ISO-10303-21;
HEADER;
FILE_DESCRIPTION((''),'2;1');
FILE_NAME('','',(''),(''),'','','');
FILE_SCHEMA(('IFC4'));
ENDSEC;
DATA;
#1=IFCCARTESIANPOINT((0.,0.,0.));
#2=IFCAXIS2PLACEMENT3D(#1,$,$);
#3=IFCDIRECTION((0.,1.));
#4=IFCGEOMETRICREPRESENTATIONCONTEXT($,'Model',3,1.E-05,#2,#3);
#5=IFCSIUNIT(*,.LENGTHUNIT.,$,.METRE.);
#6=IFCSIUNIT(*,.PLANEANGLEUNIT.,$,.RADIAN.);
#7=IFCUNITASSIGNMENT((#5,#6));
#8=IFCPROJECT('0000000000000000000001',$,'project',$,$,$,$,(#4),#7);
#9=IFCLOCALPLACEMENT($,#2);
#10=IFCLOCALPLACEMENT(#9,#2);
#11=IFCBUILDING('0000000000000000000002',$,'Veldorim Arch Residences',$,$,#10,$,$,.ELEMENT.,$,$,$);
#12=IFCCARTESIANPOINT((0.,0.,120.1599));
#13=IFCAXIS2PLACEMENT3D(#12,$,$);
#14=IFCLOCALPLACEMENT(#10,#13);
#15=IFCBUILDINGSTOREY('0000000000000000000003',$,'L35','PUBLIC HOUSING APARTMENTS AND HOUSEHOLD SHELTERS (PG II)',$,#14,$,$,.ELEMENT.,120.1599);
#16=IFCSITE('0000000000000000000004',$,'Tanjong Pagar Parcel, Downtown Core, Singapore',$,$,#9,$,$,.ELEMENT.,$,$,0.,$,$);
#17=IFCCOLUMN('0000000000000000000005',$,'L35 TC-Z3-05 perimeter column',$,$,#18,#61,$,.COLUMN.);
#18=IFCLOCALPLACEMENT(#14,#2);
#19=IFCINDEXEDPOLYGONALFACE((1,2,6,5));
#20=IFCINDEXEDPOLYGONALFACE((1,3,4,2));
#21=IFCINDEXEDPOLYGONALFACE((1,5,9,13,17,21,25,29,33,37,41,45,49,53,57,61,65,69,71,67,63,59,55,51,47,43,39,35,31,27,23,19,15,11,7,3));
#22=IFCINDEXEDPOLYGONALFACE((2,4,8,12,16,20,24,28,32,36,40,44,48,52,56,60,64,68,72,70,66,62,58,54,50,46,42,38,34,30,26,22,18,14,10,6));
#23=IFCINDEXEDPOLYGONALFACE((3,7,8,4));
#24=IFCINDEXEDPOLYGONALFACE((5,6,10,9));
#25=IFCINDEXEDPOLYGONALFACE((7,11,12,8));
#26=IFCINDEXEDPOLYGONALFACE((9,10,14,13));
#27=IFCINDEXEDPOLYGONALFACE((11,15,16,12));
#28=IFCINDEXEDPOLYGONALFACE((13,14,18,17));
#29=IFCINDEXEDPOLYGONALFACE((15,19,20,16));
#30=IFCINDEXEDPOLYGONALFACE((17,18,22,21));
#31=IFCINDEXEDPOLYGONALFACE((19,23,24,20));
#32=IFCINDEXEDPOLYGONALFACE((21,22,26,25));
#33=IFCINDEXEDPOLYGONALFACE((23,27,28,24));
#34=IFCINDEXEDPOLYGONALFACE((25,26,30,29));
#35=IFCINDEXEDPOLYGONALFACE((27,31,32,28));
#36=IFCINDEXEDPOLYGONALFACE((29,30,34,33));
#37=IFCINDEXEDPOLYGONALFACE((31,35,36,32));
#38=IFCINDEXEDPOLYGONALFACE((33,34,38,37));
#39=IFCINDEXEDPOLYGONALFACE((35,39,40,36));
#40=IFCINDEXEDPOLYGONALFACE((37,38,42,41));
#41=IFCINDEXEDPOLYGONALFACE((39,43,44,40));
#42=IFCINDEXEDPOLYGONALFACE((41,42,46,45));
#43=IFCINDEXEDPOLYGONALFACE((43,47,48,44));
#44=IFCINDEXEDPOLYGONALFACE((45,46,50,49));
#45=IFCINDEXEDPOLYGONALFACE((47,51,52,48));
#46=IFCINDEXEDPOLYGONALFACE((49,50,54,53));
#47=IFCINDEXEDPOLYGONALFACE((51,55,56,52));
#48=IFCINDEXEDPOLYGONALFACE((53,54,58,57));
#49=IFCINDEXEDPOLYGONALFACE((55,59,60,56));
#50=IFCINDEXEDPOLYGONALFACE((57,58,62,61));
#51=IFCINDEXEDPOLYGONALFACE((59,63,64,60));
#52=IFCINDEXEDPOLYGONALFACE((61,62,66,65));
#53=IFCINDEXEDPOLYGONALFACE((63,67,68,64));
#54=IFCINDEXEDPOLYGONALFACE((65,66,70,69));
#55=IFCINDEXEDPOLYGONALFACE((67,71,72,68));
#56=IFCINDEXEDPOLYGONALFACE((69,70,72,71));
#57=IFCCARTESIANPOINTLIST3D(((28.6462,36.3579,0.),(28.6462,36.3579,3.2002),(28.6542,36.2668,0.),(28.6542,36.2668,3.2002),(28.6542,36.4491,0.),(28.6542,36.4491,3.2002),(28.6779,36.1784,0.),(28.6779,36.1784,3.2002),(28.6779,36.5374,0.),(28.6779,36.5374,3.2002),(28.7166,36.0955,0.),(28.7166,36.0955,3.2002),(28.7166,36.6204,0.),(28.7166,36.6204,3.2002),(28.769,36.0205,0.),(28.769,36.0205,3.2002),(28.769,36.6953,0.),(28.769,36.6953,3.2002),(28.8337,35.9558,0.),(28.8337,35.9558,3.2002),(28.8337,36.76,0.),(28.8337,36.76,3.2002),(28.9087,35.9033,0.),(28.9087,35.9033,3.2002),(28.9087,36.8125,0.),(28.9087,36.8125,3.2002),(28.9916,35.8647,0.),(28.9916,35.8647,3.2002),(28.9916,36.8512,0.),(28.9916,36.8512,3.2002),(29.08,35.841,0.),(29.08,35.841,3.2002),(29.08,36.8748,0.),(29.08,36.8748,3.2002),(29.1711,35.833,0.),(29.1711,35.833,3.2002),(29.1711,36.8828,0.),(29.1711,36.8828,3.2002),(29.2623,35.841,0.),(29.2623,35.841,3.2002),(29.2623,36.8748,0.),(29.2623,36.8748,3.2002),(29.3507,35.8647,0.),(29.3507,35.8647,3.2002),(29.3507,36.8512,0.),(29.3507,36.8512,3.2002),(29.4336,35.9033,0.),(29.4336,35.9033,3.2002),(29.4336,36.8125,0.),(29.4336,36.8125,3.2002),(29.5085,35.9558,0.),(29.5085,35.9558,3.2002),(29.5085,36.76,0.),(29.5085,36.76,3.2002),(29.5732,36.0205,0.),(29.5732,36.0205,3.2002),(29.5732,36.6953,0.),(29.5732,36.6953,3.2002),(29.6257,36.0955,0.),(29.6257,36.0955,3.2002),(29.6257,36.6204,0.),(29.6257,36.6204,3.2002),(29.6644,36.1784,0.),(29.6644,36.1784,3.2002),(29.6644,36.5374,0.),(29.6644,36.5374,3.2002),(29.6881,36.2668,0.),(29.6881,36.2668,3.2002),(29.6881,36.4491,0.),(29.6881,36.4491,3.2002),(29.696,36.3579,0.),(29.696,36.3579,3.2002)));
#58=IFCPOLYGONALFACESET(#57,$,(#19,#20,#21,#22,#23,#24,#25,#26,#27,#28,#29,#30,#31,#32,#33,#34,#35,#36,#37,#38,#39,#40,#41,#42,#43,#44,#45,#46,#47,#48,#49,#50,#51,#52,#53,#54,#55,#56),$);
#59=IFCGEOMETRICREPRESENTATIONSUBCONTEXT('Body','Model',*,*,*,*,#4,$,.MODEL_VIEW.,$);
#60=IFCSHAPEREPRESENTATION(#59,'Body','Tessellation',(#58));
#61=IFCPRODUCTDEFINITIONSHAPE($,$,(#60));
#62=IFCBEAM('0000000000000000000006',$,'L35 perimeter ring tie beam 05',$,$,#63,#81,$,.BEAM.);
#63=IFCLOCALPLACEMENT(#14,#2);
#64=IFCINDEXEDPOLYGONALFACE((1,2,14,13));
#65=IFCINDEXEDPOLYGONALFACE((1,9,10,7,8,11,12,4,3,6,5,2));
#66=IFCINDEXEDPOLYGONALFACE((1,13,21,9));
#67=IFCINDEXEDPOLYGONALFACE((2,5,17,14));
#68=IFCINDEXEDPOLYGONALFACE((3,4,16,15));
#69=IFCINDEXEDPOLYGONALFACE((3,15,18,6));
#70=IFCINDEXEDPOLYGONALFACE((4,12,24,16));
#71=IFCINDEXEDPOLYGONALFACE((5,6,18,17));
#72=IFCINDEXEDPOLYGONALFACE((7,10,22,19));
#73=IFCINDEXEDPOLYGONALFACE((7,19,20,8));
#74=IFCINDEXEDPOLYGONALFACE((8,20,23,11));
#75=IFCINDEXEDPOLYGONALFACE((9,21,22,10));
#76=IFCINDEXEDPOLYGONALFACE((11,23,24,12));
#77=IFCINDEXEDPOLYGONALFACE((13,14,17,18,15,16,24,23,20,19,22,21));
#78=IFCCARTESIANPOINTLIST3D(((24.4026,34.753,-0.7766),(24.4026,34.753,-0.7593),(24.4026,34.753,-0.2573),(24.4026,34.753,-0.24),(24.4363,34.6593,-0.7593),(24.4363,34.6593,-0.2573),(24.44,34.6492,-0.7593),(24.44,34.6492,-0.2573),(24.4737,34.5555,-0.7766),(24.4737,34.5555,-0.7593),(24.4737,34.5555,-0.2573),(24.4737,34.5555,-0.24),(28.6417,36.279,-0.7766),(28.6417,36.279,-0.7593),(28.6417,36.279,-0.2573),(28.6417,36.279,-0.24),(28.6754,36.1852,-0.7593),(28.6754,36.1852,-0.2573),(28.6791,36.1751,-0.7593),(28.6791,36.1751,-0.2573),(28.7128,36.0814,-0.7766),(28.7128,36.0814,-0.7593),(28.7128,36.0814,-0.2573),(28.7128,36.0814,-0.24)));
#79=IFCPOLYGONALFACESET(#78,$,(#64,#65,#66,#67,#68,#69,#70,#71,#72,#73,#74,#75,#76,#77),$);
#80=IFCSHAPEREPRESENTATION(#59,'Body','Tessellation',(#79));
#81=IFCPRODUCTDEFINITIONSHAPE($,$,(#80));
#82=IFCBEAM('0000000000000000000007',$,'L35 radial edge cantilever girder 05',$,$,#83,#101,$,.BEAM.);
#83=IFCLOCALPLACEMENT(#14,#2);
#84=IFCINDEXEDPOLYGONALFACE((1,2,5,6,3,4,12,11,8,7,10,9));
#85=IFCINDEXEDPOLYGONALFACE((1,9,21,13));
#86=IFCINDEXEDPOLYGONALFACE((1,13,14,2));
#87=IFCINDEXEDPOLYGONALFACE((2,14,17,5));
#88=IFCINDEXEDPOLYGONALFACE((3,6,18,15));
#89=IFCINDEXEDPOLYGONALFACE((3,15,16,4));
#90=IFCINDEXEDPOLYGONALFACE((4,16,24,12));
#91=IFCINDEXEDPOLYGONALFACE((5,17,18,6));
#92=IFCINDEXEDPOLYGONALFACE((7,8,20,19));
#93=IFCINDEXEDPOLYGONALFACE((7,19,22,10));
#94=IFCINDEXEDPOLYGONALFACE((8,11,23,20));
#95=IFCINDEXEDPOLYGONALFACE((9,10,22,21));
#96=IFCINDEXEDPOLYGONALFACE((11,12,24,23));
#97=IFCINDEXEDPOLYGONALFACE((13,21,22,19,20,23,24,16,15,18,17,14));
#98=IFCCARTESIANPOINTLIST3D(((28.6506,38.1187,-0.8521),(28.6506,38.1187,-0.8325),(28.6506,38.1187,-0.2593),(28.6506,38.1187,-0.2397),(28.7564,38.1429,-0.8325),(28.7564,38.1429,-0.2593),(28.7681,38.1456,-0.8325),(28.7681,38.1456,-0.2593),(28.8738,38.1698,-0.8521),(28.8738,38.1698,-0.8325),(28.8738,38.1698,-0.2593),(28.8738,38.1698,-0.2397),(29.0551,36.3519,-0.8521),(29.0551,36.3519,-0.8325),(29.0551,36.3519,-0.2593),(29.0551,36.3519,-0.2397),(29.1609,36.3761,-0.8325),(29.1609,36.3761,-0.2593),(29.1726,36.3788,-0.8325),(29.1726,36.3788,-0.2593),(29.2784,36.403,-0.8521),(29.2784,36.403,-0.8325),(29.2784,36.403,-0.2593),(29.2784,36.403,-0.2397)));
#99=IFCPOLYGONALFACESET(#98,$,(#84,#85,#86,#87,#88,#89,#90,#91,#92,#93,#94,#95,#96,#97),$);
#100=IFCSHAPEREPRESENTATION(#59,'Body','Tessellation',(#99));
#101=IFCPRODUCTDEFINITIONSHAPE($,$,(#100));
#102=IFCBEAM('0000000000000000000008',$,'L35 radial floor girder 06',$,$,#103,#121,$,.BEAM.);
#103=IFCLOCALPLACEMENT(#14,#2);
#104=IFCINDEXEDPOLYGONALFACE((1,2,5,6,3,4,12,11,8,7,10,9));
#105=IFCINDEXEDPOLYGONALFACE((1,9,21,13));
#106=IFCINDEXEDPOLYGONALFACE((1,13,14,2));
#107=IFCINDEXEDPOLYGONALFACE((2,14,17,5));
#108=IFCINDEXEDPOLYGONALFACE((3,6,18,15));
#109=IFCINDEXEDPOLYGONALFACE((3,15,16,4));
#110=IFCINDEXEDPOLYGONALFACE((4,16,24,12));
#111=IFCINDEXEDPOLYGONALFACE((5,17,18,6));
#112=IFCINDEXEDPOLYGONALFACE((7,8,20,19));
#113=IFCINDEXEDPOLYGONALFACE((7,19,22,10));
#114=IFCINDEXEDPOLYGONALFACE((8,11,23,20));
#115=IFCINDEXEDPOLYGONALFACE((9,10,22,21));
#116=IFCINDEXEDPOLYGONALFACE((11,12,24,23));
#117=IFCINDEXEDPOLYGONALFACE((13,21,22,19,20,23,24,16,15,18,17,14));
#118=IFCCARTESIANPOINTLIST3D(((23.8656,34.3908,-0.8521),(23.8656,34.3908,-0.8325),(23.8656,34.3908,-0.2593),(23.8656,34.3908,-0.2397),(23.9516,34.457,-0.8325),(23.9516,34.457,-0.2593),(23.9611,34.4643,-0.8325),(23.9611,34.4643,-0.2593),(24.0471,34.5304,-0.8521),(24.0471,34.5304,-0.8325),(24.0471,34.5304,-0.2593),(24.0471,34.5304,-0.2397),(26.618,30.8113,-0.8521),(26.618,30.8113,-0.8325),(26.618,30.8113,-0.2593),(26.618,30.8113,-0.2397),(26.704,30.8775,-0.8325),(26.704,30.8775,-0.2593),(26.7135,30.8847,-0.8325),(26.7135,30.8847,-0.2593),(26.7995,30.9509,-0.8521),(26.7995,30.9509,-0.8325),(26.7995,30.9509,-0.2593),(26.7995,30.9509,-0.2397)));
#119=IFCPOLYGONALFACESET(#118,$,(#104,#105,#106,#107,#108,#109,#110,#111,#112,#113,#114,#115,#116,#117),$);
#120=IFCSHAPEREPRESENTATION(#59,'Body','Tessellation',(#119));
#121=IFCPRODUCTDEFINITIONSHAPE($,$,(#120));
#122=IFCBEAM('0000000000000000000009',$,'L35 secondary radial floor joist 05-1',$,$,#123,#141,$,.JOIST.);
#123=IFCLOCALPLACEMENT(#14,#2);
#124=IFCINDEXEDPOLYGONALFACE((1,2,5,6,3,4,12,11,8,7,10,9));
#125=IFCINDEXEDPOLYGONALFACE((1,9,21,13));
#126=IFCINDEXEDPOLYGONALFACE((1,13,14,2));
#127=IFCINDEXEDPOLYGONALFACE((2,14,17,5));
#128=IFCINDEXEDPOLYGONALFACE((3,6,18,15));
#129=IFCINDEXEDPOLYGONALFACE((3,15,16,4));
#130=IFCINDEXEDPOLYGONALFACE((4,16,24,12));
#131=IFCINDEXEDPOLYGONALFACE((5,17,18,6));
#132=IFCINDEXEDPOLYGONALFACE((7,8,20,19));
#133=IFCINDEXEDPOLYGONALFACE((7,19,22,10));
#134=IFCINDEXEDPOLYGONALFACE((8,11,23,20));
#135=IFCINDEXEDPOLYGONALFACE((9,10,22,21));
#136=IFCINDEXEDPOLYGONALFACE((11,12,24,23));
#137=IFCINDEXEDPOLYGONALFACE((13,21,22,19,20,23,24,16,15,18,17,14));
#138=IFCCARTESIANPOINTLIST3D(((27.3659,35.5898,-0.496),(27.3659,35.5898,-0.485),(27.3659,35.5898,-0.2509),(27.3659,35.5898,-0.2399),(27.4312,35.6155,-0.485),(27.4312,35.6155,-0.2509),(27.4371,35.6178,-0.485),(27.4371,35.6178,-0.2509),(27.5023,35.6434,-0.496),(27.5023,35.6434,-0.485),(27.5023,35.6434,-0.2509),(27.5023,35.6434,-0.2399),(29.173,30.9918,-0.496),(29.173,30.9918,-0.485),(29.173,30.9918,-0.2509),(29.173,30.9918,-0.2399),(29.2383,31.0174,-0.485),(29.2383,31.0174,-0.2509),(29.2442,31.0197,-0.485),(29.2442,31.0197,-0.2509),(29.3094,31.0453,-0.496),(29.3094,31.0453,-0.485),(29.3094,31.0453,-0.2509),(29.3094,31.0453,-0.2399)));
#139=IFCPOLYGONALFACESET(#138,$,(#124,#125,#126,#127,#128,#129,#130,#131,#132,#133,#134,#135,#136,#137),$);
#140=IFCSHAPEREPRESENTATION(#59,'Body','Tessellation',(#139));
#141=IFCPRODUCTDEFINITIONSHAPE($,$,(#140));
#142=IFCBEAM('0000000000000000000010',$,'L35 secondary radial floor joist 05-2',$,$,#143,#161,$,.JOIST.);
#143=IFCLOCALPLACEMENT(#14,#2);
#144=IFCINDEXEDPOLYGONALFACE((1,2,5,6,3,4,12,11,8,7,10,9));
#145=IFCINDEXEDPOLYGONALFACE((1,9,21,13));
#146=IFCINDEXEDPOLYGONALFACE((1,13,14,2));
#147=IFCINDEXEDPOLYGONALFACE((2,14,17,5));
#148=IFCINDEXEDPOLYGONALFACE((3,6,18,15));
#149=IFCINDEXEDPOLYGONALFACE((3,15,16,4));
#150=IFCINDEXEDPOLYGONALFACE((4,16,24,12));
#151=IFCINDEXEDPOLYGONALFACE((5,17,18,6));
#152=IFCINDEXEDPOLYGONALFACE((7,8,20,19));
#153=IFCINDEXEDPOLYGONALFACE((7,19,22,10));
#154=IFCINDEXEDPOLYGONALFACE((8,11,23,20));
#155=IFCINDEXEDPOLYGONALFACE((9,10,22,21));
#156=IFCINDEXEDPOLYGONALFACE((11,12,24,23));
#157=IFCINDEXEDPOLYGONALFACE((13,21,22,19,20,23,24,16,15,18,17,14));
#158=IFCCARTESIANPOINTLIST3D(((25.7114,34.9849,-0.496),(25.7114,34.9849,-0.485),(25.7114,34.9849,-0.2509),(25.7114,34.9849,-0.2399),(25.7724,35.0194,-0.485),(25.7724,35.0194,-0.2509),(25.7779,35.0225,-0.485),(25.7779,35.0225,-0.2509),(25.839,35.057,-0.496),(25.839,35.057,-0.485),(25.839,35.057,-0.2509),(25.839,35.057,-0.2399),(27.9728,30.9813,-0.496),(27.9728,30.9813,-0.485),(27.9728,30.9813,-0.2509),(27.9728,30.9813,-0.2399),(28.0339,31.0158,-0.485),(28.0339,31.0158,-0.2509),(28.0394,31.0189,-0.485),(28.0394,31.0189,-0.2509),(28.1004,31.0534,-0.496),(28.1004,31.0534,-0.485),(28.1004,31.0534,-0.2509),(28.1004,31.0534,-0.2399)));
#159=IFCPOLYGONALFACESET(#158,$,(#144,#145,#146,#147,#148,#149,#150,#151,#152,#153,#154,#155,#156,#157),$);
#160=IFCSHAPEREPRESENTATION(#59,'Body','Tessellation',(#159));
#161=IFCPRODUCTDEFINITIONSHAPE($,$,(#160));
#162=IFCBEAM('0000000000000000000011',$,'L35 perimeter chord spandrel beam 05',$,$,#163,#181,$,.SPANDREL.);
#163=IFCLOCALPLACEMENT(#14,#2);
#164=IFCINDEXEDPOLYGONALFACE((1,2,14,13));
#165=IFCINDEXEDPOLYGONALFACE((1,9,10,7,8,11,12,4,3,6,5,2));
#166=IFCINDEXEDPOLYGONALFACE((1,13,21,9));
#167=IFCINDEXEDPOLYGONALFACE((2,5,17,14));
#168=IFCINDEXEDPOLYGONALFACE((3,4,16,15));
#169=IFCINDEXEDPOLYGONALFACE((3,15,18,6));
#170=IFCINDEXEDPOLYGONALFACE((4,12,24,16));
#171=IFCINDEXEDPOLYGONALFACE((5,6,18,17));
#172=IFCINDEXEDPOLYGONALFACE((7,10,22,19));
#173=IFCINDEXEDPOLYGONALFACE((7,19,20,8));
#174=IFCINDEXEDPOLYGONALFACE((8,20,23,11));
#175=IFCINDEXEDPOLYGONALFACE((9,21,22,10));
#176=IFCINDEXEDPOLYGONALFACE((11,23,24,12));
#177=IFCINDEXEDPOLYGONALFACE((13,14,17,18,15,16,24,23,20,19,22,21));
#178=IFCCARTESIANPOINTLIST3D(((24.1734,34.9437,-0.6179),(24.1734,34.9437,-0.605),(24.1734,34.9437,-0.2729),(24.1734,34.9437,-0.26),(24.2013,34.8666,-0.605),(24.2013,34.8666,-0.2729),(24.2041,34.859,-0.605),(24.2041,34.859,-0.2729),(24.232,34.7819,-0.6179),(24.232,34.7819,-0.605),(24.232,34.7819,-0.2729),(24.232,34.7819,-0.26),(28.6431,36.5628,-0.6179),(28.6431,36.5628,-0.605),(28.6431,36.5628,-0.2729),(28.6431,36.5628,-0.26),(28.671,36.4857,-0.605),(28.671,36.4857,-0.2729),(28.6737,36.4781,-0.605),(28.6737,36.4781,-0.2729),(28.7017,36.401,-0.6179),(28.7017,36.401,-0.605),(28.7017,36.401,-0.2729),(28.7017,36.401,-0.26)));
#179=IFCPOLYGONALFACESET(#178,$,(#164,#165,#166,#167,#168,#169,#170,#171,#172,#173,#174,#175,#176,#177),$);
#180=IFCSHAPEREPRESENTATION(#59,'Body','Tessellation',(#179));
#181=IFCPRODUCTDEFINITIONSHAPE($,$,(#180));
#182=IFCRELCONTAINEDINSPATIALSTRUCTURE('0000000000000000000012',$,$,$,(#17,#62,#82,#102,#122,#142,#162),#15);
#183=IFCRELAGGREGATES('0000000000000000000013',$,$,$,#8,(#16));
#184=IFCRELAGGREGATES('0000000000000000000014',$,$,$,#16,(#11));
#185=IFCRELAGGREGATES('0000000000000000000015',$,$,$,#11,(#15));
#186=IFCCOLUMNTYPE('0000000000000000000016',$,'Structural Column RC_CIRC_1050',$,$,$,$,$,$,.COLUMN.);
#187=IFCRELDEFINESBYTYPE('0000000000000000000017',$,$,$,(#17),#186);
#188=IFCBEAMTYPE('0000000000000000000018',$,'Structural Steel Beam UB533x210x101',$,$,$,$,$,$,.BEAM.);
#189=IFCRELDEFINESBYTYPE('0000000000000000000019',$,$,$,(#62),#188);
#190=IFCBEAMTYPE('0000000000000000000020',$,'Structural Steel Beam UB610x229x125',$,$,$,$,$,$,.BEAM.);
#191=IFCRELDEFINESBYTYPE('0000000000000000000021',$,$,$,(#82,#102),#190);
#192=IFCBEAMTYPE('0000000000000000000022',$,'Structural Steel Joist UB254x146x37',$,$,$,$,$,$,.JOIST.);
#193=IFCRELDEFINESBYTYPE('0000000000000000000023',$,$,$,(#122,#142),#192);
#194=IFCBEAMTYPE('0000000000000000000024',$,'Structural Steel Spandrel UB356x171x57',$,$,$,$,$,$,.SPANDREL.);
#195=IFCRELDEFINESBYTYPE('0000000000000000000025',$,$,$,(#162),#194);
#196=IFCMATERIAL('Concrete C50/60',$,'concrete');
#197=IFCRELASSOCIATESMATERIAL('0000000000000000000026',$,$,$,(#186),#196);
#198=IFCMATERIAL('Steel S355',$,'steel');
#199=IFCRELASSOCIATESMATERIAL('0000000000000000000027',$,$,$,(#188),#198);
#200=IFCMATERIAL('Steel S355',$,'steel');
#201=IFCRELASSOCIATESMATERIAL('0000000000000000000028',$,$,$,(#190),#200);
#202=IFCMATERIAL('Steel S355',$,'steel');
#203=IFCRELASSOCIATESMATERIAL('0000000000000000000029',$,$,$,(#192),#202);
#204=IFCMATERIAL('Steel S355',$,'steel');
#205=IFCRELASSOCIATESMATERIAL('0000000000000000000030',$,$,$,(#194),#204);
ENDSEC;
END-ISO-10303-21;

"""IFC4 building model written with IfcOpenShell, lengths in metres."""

from ifc_helpers import new_model, si_unit, direction, frame, origin, origin_2d, place, context, subcontext, project, spatial, circle, i_section, extrude, material, material_profile, profile_set, type_object, element, save


model = new_model("IFC4")

# Units and contexts
model_context = context("Model", 3, precision=1e-05, world=origin(), true_north=direction((0.0, 1.0)))
body_context = subcontext(model_context, "Body", "Model", "MODEL_VIEW")
ifc_project = project(units=[si_unit("LENGTHUNIT", "METRE"), si_unit("PLANEANGLEUNIT", "RADIAN")], contexts=[model_context])

# Site, building, storey
site_placement = place(None, origin())
site = spatial("IfcSite", under=ifc_project, at=site_placement, Name="Tanjong Pagar Parcel, Downtown Core, Singapore", CompositionType="ELEMENT", RefElevation=0.0)
building_placement = place(site_placement, origin())
building = spatial("IfcBuilding", under=site, at=building_placement, Name="Veldorim Arch Residences", CompositionType="ELEMENT")
storey_placement = place(building_placement, frame((0.0, 0.0, 120.1599)))
storey = spatial("IfcBuildingStorey", under=building, at=storey_placement, Name="L35", Description="PUBLIC HOUSING APARTMENTS AND HOUSEHOLD SHELTERS (PG II)", CompositionType="ELEMENT", Elevation=120.1599)

# Column
ifc_material_1 = material(Name="Concrete C50/60", Category="concrete")
ifc_material_profile_1 = material_profile(ifc_material_1, circle(Radius=0.5249, at=origin_2d()), Name="RC_CIRC_1050")
ifc_profile_set_1 = profile_set([ifc_material_profile_1], Name="Concrete C50/60")
column_type = type_object("IfcColumnType", Name="Structural Column RC_CIRC_1050", PredefinedType="COLUMN", material=ifc_profile_set_1)
column_placement = place(storey_placement, frame((29.1711, 36.3579, 0.0), z_axis=(0.0, 0.0, 1.0), x_axis=(1.0, 0.0, 0.0)))
element("IfcColumn", 1, at=column_placement, inside=storey, type_object=column_type, Name="L35 TC-Z3-05 perimeter column", PredefinedType="COLUMN", context=body_context, shape_type="SweptSolid", body=[
    extrude(circle(Radius=0.5249, at=origin_2d()), origin(), (0.0, 0.0, 1.0), 3.2002),
])

# Beams
ifc_material_2 = material(Name="Steel S355", Category="steel")
ifc_material_profile_2 = material_profile(ifc_material_2, i_section(OverallWidth=0.21, OverallDepth=0.5366, WebThickness=0.0107, FlangeThickness=0.0173, at=origin_2d()), Name="UB533x210x101")
ifc_profile_set_2 = profile_set([ifc_material_profile_2], Name="Steel S355")
beam_type_1 = type_object("IfcBeamType", Name="Structural Steel Beam UB533x210x101", PredefinedType="BEAM", material=ifc_profile_set_2)
beam_1_placement = place(storey_placement, frame((28.6772, 36.1802, -0.5083), z_axis=(-0.940899, -0.338687, 0.0), x_axis=(0.338687, -0.940899, 0.0)))
element("IfcBeam", 2, at=beam_1_placement, inside=storey, type_object=beam_type_1, Name="L35 perimeter ring tie beam 05", PredefinedType="BEAM", context=body_context, shape_type="SweptSolid", body=[
    extrude(i_section(OverallWidth=0.21, OverallDepth=0.5366, WebThickness=0.0107, FlangeThickness=0.0173, at=origin_2d()), origin(), (0.0, 0.0, 1.0), 4.5054),
])
ifc_material_3 = material(Name="Steel S355", Category="steel")
ifc_material_profile_3 = material_profile(ifc_material_3, i_section(OverallWidth=0.229, OverallDepth=0.6123, WebThickness=0.012, FlangeThickness=0.0195, at=origin_2d()), Name="UB610x229x125")
ifc_profile_set_3 = profile_set([ifc_material_profile_3], Name="Steel S355")
beam_type_2 = type_object("IfcBeamType", Name="Structural Steel Beam UB610x229x125", PredefinedType="BEAM", material=ifc_profile_set_3)
beam_2_placement = place(storey_placement, frame((29.1667, 36.3774, -0.5459), z_axis=(-0.223187, 0.974776, 0.0), x_axis=(-0.974776, -0.223187, 0.0)))
element("IfcBeam", 3, at=beam_2_placement, inside=storey, type_object=beam_type_2, Name="L35 radial edge cantilever girder 05", PredefinedType="BEAM", context=body_context, shape_type="SweptSolid", body=[
    extrude(i_section(OverallWidth=0.229, OverallDepth=0.6123, WebThickness=0.012, FlangeThickness=0.0195, at=origin_2d()), origin(), (0.0, 0.0, 1.0), 1.8125),
])
beam_3_placement = place(storey_placement, frame((26.7087, 30.8811, -0.5459), z_axis=(-0.609559, 0.792741, 0.0), x_axis=(-0.792741, -0.609559, 0.0)))
element("IfcBeam", 4, at=beam_3_placement, inside=storey, type_object=beam_type_2, Name="L35 radial floor girder 06", PredefinedType="BEAM", context=body_context, shape_type="SweptSolid", body=[
    extrude(i_section(OverallWidth=0.229, OverallDepth=0.6123, WebThickness=0.012, FlangeThickness=0.0195, at=origin_2d()), origin(), (0.0, 0.0, 1.0), 4.5154),
])
ifc_material_4 = material(Name="Steel S355", Category="steel")
ifc_material_profile_4 = material_profile(ifc_material_4, i_section(OverallWidth=0.1465, OverallDepth=0.2561, WebThickness=0.0063, FlangeThickness=0.011, at=origin_2d()), Name="UB254x146x37")
ifc_profile_set_4 = profile_set([ifc_material_profile_4], Name="Steel S355")
beam_type_3 = type_object("IfcBeamType", Name="Structural Steel Joist UB254x146x37", PredefinedType="JOIST", material=ifc_profile_set_4)
beam_4_placement = place(storey_placement, frame((29.2412, 31.0186, -0.3679), z_axis=(-0.365778, 0.930702, 0.0), x_axis=(-0.930702, -0.365778, 0.0)))
element("IfcBeam", 5, at=beam_4_placement, inside=storey, type_object=beam_type_3, Name="L35 secondary radial floor joist 05-1", PredefinedType="JOIST", context=body_context, shape_type="SweptSolid", body=[
    extrude(i_section(OverallWidth=0.1465, OverallDepth=0.2561, WebThickness=0.0063, FlangeThickness=0.011, at=origin_2d()), origin(), (0.0, 0.0, 1.0), 4.9404),
])
beam_5_placement = place(storey_placement, frame((28.0366, 31.0173, -0.3679), z_axis=(-0.491816, 0.870699, 0.0), x_axis=(-0.870699, -0.491816, 0.0)))
element("IfcBeam", 6, at=beam_5_placement, inside=storey, type_object=beam_type_3, Name="L35 secondary radial floor joist 05-2", PredefinedType="JOIST", context=body_context, shape_type="SweptSolid", body=[
    extrude(i_section(OverallWidth=0.1465, OverallDepth=0.2561, WebThickness=0.0063, FlangeThickness=0.011, at=origin_2d()), origin(), (0.0, 0.0, 1.0), 4.5981),
])
ifc_material_5 = material(Name="Steel S355", Category="steel")
ifc_material_profile_5 = material_profile(ifc_material_5, i_section(OverallWidth=0.1721, OverallDepth=0.3579, WebThickness=0.0081, FlangeThickness=0.0129, at=origin_2d()), Name="UB356x171x57")
ifc_profile_set_5 = profile_set([ifc_material_profile_5], Name="Steel S355")
beam_type_4 = type_object("IfcBeamType", Name="Structural Steel Spandrel UB356x171x57", PredefinedType="SPANDREL", material=ifc_profile_set_5)
beam_6_placement = place(storey_placement, frame((28.6724, 36.4819, -0.439), z_axis=(-0.940213, -0.340588, 0.0), x_axis=(0.340588, -0.940213, 0.0)))
element("IfcBeam", 7, at=beam_6_placement, inside=storey, type_object=beam_type_4, Name="L35 perimeter chord spandrel beam 05", PredefinedType="SPANDREL", context=body_context, shape_type="SweptSolid", body=[
    extrude(i_section(OverallWidth=0.1721, OverallDepth=0.3579, WebThickness=0.0081, FlangeThickness=0.0129, at=origin_2d()), origin(), (0.0, 0.0, 1.0), 4.7539),
])

save(model, "model.ifc")
